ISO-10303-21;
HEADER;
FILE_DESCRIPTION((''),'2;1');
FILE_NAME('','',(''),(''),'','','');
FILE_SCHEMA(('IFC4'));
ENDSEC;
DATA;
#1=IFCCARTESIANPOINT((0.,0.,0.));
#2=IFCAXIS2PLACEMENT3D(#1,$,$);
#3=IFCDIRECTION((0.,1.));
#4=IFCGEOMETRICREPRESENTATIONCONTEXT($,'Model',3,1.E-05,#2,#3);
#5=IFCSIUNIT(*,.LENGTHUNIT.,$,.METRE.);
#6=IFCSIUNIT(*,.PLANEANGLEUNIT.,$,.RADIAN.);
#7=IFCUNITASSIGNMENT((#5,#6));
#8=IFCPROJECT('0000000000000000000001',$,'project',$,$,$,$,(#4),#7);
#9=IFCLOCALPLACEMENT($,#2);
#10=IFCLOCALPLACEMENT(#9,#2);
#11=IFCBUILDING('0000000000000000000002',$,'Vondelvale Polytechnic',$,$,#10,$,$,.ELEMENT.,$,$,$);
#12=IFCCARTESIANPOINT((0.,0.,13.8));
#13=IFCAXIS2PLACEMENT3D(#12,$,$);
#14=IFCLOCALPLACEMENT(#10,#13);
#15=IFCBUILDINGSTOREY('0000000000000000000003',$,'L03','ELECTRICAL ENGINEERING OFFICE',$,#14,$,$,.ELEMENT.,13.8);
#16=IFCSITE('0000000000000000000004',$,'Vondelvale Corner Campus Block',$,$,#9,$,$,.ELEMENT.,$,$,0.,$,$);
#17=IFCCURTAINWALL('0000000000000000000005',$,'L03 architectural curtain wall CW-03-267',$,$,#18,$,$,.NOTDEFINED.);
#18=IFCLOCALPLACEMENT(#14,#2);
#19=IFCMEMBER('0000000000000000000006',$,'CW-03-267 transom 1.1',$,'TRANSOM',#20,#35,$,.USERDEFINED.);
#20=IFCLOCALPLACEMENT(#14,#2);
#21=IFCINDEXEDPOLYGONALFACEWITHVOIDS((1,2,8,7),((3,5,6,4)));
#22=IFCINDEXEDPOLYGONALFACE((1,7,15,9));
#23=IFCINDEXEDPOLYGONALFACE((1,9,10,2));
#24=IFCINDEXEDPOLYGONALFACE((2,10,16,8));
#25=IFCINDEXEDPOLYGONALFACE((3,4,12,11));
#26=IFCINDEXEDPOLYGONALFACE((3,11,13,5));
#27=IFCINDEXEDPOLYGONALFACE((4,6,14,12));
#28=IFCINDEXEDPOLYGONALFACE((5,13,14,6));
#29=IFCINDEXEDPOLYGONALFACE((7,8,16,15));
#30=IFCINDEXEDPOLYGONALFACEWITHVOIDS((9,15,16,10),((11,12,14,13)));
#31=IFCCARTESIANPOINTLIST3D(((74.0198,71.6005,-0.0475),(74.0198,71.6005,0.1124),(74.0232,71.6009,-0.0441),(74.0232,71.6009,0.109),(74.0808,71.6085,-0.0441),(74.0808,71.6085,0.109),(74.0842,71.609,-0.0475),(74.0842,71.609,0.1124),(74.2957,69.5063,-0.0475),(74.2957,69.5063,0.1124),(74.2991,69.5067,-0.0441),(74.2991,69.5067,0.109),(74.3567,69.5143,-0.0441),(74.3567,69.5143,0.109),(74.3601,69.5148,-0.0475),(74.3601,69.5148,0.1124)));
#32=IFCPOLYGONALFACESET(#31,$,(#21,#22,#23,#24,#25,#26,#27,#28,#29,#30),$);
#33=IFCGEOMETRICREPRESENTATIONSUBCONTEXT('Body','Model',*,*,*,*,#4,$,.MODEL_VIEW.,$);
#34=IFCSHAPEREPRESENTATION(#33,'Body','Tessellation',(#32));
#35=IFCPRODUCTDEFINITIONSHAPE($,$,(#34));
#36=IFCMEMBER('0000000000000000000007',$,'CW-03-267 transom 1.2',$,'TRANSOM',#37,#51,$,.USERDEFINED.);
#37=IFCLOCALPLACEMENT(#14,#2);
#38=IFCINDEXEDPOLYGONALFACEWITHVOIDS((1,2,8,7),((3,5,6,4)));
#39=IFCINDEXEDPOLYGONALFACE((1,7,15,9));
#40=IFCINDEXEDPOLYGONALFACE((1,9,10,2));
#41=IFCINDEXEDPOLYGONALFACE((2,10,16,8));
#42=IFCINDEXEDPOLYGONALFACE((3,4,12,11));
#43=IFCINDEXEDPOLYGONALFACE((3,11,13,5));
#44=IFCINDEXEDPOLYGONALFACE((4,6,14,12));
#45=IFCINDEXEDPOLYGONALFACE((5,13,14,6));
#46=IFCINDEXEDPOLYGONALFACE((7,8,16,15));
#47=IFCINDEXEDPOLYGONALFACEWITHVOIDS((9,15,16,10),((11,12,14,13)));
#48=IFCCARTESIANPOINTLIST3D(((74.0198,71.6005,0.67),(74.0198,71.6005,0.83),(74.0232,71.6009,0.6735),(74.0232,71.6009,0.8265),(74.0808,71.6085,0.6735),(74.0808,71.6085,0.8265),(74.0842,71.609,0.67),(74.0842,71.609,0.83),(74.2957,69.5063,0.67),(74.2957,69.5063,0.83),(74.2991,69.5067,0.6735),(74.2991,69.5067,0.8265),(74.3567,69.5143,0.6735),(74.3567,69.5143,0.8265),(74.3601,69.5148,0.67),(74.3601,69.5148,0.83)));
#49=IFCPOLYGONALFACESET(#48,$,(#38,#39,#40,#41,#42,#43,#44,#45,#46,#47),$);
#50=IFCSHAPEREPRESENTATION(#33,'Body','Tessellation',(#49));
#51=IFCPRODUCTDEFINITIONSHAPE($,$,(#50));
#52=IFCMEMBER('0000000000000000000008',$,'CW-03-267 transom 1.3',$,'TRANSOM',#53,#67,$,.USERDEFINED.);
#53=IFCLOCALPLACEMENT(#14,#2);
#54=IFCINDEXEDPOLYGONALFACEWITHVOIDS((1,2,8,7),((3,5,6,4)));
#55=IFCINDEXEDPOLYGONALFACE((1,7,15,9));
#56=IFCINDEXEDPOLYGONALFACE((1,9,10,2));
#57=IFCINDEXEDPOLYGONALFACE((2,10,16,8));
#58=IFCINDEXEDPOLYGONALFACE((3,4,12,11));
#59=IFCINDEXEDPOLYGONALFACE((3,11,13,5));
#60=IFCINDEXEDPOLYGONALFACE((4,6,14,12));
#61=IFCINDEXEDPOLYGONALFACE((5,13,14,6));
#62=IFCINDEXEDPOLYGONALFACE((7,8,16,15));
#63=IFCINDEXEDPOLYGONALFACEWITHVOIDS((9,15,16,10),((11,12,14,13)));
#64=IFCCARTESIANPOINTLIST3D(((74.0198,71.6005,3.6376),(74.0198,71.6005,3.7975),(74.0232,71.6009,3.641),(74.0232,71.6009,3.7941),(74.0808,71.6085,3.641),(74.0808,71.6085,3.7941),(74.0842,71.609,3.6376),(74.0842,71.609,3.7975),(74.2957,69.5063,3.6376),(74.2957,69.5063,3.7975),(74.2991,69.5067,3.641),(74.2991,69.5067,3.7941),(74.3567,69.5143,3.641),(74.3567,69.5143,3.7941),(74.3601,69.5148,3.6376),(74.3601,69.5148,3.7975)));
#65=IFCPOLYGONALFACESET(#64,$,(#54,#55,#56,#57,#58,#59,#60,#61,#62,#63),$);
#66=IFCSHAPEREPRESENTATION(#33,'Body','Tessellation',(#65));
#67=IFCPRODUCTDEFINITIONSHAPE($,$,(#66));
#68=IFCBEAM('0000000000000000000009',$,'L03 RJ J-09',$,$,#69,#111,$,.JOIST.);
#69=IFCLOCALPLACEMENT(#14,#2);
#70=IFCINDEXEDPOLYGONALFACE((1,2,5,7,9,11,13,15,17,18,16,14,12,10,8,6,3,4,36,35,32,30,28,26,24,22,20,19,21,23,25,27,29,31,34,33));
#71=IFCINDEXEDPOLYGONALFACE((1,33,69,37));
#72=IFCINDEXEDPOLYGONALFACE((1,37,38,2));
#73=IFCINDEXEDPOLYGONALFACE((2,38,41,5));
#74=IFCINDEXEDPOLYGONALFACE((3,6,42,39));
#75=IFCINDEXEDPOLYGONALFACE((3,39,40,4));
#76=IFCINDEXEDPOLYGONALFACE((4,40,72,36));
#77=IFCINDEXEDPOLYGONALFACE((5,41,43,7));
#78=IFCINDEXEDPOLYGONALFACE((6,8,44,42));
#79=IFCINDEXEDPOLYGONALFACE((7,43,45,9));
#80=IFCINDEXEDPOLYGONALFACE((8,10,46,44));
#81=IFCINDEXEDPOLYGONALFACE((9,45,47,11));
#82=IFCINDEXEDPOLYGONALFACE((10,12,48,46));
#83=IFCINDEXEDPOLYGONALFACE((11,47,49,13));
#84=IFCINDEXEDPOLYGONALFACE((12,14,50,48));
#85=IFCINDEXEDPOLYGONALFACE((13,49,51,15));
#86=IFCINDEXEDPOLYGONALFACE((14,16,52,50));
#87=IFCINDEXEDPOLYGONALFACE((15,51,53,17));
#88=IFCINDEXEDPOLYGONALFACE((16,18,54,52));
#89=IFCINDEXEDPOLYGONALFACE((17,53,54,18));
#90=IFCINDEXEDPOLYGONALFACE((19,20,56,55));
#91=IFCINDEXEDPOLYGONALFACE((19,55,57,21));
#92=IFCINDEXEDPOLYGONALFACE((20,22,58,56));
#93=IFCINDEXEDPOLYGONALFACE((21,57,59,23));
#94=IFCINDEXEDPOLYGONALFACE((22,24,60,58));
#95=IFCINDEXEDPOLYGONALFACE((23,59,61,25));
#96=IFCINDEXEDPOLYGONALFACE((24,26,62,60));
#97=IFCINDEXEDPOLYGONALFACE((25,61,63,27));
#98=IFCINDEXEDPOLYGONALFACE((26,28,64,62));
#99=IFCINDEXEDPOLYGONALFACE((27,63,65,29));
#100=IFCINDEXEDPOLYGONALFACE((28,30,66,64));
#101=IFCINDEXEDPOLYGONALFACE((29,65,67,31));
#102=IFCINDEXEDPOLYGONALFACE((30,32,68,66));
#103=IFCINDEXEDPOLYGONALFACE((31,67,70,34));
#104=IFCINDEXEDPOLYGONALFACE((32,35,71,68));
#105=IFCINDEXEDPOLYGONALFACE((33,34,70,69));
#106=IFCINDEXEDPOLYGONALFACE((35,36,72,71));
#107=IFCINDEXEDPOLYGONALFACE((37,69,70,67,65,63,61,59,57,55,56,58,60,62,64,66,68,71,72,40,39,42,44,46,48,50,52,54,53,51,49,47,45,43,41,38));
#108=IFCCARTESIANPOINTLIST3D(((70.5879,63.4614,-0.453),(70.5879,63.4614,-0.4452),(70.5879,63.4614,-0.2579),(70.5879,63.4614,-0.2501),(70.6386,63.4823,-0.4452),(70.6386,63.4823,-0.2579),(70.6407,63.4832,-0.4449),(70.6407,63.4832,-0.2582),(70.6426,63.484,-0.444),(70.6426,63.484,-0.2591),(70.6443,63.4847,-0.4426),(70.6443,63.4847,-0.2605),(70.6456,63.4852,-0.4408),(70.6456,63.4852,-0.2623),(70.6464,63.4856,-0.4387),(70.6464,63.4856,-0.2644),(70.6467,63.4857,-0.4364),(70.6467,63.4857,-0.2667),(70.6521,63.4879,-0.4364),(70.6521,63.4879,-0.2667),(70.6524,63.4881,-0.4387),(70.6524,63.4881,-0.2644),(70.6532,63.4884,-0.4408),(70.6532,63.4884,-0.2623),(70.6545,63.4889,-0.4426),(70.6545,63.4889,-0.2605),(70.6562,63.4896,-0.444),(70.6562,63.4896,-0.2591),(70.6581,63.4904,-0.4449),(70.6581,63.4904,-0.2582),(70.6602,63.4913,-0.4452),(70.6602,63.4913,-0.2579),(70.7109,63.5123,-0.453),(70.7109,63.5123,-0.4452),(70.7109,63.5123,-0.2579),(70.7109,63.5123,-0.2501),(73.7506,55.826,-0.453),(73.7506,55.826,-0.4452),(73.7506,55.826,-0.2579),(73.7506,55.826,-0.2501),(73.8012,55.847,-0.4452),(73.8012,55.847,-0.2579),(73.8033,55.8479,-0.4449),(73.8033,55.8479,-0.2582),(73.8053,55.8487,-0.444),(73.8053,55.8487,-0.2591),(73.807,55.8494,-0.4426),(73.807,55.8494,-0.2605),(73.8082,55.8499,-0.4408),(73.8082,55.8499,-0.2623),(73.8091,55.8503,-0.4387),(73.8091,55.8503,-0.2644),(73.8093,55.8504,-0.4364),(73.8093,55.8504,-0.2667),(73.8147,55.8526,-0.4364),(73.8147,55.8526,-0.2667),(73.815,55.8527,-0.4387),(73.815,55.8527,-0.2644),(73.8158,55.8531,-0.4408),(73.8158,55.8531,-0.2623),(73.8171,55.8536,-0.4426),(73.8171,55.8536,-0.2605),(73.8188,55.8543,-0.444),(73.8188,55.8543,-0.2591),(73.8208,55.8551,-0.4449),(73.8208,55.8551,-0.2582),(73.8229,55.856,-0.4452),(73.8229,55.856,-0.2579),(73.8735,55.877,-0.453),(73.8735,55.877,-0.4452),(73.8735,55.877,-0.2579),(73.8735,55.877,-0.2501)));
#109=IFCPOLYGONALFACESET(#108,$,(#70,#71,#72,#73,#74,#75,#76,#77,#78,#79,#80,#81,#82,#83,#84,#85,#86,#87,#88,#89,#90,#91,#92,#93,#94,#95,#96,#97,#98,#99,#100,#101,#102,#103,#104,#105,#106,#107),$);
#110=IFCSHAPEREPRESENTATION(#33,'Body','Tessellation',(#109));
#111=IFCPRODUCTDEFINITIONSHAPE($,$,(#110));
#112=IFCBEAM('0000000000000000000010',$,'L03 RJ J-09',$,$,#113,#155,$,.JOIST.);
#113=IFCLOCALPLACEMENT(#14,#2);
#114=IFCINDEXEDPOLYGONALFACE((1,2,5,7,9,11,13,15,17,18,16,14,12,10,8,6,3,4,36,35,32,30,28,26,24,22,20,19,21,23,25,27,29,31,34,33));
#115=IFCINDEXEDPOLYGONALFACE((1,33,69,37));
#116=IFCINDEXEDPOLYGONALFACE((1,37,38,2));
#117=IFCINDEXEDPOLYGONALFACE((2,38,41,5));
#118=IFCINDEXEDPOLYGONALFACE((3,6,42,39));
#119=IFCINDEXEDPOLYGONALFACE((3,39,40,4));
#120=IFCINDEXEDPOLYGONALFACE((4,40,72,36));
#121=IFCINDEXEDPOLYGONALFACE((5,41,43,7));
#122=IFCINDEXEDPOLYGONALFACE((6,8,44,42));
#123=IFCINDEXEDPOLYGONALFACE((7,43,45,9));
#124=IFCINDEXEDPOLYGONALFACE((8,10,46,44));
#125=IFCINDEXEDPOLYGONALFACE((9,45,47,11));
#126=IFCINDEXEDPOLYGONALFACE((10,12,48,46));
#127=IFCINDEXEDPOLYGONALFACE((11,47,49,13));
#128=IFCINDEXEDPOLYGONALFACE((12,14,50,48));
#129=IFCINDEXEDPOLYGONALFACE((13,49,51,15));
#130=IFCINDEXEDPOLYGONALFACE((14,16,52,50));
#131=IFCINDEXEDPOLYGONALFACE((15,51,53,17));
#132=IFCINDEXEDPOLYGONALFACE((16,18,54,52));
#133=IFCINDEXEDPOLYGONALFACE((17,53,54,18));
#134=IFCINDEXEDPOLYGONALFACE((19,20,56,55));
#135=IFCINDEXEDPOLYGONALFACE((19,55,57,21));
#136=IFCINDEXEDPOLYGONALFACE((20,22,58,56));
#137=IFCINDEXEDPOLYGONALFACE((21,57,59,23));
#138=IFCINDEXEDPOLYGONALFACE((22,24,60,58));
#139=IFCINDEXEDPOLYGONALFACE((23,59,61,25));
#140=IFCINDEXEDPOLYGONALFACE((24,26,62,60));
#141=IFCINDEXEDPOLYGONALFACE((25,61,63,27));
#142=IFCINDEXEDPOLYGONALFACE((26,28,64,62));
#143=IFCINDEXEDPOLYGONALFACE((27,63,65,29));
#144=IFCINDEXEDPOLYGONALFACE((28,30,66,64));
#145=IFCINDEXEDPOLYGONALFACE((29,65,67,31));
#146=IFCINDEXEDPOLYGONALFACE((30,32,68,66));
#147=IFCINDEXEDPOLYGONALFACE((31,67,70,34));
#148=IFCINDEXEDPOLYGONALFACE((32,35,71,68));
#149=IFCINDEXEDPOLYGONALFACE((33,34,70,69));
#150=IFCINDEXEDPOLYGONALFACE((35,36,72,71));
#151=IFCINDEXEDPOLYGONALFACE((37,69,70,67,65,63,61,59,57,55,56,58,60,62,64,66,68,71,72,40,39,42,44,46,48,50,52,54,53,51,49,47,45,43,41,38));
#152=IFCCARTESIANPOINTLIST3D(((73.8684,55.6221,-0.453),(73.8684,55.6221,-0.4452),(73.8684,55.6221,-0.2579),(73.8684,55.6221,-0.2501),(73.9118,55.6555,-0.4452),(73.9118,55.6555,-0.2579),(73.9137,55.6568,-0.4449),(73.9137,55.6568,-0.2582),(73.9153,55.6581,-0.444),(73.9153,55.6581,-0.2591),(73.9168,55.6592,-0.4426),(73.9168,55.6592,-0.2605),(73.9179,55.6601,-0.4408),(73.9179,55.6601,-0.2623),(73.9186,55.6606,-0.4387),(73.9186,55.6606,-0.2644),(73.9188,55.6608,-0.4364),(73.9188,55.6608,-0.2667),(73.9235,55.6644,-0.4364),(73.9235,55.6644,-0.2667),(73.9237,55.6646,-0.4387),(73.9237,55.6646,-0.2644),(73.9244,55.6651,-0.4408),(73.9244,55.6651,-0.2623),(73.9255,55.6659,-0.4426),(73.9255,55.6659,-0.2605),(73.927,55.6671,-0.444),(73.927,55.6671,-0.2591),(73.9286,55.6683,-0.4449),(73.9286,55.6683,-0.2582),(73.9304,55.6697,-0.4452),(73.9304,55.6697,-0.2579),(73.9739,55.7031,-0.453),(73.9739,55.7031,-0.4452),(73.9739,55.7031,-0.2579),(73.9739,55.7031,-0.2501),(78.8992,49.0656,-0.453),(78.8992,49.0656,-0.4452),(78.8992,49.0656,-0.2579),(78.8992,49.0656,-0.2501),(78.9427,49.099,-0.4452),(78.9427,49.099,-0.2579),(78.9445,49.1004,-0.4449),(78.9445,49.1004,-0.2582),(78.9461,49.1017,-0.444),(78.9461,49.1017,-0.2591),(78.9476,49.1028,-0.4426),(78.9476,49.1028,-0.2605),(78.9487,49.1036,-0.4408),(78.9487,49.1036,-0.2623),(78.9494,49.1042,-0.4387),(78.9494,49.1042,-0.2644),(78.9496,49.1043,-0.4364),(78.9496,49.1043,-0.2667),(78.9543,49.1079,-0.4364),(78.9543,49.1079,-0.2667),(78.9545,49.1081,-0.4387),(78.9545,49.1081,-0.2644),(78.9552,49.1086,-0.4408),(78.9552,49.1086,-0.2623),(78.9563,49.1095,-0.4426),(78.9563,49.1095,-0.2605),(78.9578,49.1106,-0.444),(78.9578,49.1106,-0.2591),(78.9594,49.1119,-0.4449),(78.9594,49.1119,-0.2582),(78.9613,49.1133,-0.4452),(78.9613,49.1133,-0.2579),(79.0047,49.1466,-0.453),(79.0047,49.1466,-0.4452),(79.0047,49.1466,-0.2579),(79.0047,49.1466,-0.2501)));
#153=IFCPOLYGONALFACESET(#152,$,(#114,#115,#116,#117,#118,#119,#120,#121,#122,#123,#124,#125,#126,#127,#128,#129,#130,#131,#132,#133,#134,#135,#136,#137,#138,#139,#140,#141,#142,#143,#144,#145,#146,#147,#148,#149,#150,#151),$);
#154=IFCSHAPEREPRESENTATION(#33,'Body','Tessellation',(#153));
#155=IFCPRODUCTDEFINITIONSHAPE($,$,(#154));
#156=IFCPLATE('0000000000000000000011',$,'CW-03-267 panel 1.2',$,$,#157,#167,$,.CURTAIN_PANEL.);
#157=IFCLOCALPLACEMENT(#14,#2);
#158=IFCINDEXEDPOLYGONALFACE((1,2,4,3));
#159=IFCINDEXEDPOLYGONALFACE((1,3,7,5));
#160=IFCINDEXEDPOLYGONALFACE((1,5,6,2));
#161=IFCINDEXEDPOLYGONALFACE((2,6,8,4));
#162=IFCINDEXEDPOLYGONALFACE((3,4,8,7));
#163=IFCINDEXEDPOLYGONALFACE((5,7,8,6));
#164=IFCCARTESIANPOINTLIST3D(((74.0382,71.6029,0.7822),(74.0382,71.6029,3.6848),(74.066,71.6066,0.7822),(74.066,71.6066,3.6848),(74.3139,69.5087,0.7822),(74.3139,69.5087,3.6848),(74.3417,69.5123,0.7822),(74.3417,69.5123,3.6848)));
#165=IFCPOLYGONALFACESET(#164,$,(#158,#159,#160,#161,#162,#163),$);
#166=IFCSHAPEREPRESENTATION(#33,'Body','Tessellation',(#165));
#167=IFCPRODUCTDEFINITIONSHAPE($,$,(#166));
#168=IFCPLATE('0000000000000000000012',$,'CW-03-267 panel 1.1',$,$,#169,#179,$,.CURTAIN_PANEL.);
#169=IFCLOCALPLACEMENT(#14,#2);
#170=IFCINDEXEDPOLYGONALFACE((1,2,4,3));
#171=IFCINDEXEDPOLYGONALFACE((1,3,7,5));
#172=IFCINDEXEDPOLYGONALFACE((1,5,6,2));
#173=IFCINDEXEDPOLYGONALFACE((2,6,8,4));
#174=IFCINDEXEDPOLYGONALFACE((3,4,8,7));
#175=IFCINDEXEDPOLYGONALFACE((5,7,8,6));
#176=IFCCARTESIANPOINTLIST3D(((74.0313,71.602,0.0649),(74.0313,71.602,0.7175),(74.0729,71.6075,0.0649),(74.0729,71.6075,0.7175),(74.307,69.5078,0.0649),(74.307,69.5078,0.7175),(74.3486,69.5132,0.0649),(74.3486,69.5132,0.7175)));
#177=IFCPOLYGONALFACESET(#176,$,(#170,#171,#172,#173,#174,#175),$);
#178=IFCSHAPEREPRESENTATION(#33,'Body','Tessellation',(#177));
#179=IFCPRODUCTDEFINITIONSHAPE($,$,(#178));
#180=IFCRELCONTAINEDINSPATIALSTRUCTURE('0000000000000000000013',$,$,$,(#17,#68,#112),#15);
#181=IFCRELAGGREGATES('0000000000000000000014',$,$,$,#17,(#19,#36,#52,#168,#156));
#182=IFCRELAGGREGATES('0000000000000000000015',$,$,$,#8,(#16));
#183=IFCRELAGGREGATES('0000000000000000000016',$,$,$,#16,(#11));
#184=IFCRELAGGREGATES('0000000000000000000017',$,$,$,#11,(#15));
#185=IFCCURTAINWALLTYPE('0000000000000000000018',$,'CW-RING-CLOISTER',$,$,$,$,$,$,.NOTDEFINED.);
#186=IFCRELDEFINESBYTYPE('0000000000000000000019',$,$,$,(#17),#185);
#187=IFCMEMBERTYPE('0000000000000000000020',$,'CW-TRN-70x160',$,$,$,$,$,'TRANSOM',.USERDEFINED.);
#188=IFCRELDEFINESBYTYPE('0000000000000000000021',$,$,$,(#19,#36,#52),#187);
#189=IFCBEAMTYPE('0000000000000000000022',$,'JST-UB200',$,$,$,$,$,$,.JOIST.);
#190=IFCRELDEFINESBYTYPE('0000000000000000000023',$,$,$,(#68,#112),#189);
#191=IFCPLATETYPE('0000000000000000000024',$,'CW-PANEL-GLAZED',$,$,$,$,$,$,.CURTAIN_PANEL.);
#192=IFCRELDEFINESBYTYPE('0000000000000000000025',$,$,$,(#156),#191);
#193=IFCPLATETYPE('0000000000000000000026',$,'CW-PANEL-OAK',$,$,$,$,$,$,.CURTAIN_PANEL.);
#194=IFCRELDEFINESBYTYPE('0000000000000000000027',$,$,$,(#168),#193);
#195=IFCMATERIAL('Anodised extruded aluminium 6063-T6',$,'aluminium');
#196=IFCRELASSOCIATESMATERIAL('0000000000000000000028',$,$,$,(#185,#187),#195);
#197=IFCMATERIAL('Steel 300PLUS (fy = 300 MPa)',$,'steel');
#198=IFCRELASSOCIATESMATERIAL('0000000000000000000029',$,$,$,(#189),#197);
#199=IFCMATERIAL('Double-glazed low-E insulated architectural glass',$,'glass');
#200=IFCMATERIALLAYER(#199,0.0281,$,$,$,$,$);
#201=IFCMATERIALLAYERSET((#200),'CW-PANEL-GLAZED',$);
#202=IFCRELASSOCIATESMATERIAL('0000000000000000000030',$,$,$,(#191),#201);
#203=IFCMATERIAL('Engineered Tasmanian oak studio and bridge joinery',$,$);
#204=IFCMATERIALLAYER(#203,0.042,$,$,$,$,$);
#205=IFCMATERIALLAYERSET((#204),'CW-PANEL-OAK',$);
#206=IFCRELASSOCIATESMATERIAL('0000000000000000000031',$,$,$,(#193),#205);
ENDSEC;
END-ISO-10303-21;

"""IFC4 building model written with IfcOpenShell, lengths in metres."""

from ifc_helpers import new_model, si_unit, direction, frame, origin, origin_2d, place, context, subcontext, project, spatial, rectangle, hollow_rectangle, i_section, extrude, material, layer, layer_set, material_profile, profile_set, type_object, element, aggregate, save


model = new_model("IFC4")

# Units and contexts
model_context = context("Model", 3, precision=1e-05, world=origin(), true_north=direction((0.0, 1.0)))
body_context = subcontext(model_context, "Body", "Model", "MODEL_VIEW")
ifc_project = project(units=[si_unit("LENGTHUNIT", "METRE"), si_unit("PLANEANGLEUNIT", "RADIAN")], contexts=[model_context])

# Site, building, storey
site_placement = place(None, origin())
site = spatial("IfcSite", under=ifc_project, at=site_placement, Name="Vondelvale Corner Campus Block", CompositionType="ELEMENT", RefElevation=0.0)
building_placement = place(site_placement, origin())
building = spatial("IfcBuilding", under=site, at=building_placement, Name="Vondelvale Polytechnic", CompositionType="ELEMENT")
storey_placement = place(building_placement, frame((0.0, 0.0, 13.8)))
storey = spatial("IfcBuildingStorey", under=building, at=storey_placement, Name="L03", Description="ELECTRICAL ENGINEERING OFFICE", CompositionType="ELEMENT", Elevation=13.8)

# Shared definitions
ifc_material_1 = material(Name="Steel 300PLUS (fy = 300 MPa)", Category="steel")

# Curtain wall, members
ifc_material_2 = material(Name="Anodised extruded aluminium 6063-T6", Category="aluminium")
curtain_wall_type = type_object("IfcCurtainWallType", Name="CW-RING-CLOISTER", PredefinedType="NOTDEFINED", material=ifc_material_2)
curtain_wall_placement = place(storey_placement, origin())
curtain_wall = element("IfcCurtainWall", 1, at=curtain_wall_placement, inside=storey, type_object=curtain_wall_type, Name="L03 architectural curtain wall CW-03-267", PredefinedType="NOTDEFINED")
ifc_material_profile_1 = material_profile(ifc_material_2, hollow_rectangle(XDim=0.0649, YDim=0.1599, WallThickness=0.0034, at=origin_2d()), Name="CW-TRN-160x65")
ifc_profile_set_1 = profile_set([ifc_material_profile_1], Name="Anodised extruded aluminium 6063-T6")
member_type_1 = type_object("IfcMemberType", Name="CW-TRN-70x160", ElementType="TRANSOM", PredefinedType="USERDEFINED", material=ifc_profile_set_1)
member_1_placement = place(storey_placement, frame((74.052, 71.6047, 0.0325), z_axis=(0.130604, -0.991435, 0.0), x_axis=(0.991435, 0.130604, 0.0)))
member_1 = element("IfcMember", 2, at=member_1_placement, type_object=member_type_1, Name="CW-03-267 transom 1.1", ObjectType="TRANSOM", PredefinedType="USERDEFINED", context=body_context, shape_type="SweptSolid", body=[
    extrude(hollow_rectangle(XDim=0.0649, YDim=0.1599, WallThickness=0.0034, at=origin_2d()), origin(), (0.0, 0.0, 1.0), 2.1123),
])
member_2_placement = place(storey_placement, frame((74.052, 71.6047, 0.75), z_axis=(0.130604, -0.991435, 0.0), x_axis=(0.991435, 0.130604, 0.0)))
member_2 = element("IfcMember", 3, at=member_2_placement, type_object=member_type_1, Name="CW-03-267 transom 1.2", ObjectType="TRANSOM", PredefinedType="USERDEFINED", context=body_context, shape_type="SweptSolid", body=[
    extrude(hollow_rectangle(XDim=0.0649, YDim=0.1599, WallThickness=0.0034, at=origin_2d()), origin(), (0.0, 0.0, 1.0), 2.1123),
])
member_3_placement = place(storey_placement, frame((74.052, 71.6047, 3.7175), z_axis=(0.130604, -0.991435, 0.0), x_axis=(0.991435, 0.130604, 0.0)))
member_3 = element("IfcMember", 4, at=member_3_placement, type_object=member_type_1, Name="CW-03-267 transom 1.3", ObjectType="TRANSOM", PredefinedType="USERDEFINED", context=body_context, shape_type="SweptSolid", body=[
    extrude(hollow_rectangle(XDim=0.0649, YDim=0.1599, WallThickness=0.0034, at=origin_2d()), origin(), (0.0, 0.0, 1.0), 2.1123),
])

# Beams
ifc_material_profile_2 = material_profile(ifc_material_1, i_section(OverallWidth=0.1331, OverallDepth=0.2029, WebThickness=0.0059, FlangeThickness=0.0078, FilletRadius=0.0088, at=origin_2d()), Name="200UB25.4")
ifc_profile_set_2 = profile_set([ifc_material_profile_2], Name="Steel 300PLUS (fy = 300 MPa)")
beam_type_1 = type_object("IfcBeamType", Name="JST-UB200", PredefinedType="JOIST", material=ifc_profile_set_2)
beam_1_placement = place(storey_placement, frame((70.6494, 63.4868, -0.3516), z_axis=(0.382681, -0.923881, 0.0), x_axis=(0.923881, 0.382681, 0.0)))
element("IfcBeam", 5, at=beam_1_placement, inside=storey, type_object=beam_type_1, Name="L03 RJ J-09", PredefinedType="JOIST", context=body_context, shape_type="SweptSolid", body=[
    extrude(i_section(OverallWidth=0.1331, OverallDepth=0.2029, WebThickness=0.0059, FlangeThickness=0.0078, FilletRadius=0.0088, at=origin_2d()), origin(), (0.0, 0.0, 1.0), 8.2644),
])
beam_2_placement = place(storey_placement, frame((73.9211, 55.6626, -0.3516), z_axis=(0.608751, -0.793361, 0.0), x_axis=(0.793361, 0.608751, 0.0)))
element("IfcBeam", 6, at=beam_2_placement, inside=storey, type_object=beam_type_1, Name="L03 RJ J-09", PredefinedType="JOIST", context=body_context, shape_type="SweptSolid", body=[
    extrude(i_section(OverallWidth=0.1331, OverallDepth=0.2029, WebThickness=0.0059, FlangeThickness=0.0078, FilletRadius=0.0088, at=origin_2d()), origin(), (0.0, 0.0, 1.0), 8.2642),
])

# Plates
ifc_material_3 = material(Name="Double-glazed low-E insulated architectural glass", Category="glass")
ifc_layer_1 = layer(ifc_material_3, 0.0281)
ifc_layer_set_1 = layer_set([ifc_layer_1], Name="CW-PANEL-GLAZED")
plate_type_1 = type_object("IfcPlateType", Name="CW-PANEL-GLAZED", PredefinedType="CURTAIN_PANEL", material=ifc_layer_set_1)
plate_1_placement = place(storey_placement, frame((74.1899, 70.5576, 0.7822), z_axis=(0.0, 0.0, 1.0), x_axis=(0.130528, -0.991445, 0.0)))
plate_1 = element("IfcPlate", 7, at=plate_1_placement, type_object=plate_type_1, Name="CW-03-267 panel 1.2", PredefinedType="CURTAIN_PANEL", context=body_context, shape_type="SweptSolid", body=[
    extrude(rectangle(XDim=2.1123, YDim=0.0281, at=origin_2d()), origin(), (0.0, 0.0, 1.0), 2.9026),
])
ifc_material_4 = material(Name="Engineered Tasmanian oak studio and bridge joinery")
ifc_layer_2 = layer(ifc_material_4, 0.042)
ifc_layer_set_2 = layer_set([ifc_layer_2], Name="CW-PANEL-OAK")
plate_type_2 = type_object("IfcPlateType", Name="CW-PANEL-OAK", PredefinedType="CURTAIN_PANEL", material=ifc_layer_set_2)
plate_2_placement = place(storey_placement, frame((74.1899, 70.5576, 0.0649), z_axis=(0.0, 0.0, 1.0), x_axis=(0.130528, -0.991445, 0.0)))
plate_2 = element("IfcPlate", 8, at=plate_2_placement, type_object=plate_type_2, Name="CW-03-267 panel 1.1", PredefinedType="CURTAIN_PANEL", context=body_context, shape_type="SweptSolid", body=[
    extrude(rectangle(XDim=2.1123, YDim=0.042, at=origin_2d()), origin(), (0.0, 0.0, 1.0), 0.6526),
])
aggregate(curtain_wall, [member_1, member_2, member_3, plate_2, plate_1])

save(model, "model.ifc")
